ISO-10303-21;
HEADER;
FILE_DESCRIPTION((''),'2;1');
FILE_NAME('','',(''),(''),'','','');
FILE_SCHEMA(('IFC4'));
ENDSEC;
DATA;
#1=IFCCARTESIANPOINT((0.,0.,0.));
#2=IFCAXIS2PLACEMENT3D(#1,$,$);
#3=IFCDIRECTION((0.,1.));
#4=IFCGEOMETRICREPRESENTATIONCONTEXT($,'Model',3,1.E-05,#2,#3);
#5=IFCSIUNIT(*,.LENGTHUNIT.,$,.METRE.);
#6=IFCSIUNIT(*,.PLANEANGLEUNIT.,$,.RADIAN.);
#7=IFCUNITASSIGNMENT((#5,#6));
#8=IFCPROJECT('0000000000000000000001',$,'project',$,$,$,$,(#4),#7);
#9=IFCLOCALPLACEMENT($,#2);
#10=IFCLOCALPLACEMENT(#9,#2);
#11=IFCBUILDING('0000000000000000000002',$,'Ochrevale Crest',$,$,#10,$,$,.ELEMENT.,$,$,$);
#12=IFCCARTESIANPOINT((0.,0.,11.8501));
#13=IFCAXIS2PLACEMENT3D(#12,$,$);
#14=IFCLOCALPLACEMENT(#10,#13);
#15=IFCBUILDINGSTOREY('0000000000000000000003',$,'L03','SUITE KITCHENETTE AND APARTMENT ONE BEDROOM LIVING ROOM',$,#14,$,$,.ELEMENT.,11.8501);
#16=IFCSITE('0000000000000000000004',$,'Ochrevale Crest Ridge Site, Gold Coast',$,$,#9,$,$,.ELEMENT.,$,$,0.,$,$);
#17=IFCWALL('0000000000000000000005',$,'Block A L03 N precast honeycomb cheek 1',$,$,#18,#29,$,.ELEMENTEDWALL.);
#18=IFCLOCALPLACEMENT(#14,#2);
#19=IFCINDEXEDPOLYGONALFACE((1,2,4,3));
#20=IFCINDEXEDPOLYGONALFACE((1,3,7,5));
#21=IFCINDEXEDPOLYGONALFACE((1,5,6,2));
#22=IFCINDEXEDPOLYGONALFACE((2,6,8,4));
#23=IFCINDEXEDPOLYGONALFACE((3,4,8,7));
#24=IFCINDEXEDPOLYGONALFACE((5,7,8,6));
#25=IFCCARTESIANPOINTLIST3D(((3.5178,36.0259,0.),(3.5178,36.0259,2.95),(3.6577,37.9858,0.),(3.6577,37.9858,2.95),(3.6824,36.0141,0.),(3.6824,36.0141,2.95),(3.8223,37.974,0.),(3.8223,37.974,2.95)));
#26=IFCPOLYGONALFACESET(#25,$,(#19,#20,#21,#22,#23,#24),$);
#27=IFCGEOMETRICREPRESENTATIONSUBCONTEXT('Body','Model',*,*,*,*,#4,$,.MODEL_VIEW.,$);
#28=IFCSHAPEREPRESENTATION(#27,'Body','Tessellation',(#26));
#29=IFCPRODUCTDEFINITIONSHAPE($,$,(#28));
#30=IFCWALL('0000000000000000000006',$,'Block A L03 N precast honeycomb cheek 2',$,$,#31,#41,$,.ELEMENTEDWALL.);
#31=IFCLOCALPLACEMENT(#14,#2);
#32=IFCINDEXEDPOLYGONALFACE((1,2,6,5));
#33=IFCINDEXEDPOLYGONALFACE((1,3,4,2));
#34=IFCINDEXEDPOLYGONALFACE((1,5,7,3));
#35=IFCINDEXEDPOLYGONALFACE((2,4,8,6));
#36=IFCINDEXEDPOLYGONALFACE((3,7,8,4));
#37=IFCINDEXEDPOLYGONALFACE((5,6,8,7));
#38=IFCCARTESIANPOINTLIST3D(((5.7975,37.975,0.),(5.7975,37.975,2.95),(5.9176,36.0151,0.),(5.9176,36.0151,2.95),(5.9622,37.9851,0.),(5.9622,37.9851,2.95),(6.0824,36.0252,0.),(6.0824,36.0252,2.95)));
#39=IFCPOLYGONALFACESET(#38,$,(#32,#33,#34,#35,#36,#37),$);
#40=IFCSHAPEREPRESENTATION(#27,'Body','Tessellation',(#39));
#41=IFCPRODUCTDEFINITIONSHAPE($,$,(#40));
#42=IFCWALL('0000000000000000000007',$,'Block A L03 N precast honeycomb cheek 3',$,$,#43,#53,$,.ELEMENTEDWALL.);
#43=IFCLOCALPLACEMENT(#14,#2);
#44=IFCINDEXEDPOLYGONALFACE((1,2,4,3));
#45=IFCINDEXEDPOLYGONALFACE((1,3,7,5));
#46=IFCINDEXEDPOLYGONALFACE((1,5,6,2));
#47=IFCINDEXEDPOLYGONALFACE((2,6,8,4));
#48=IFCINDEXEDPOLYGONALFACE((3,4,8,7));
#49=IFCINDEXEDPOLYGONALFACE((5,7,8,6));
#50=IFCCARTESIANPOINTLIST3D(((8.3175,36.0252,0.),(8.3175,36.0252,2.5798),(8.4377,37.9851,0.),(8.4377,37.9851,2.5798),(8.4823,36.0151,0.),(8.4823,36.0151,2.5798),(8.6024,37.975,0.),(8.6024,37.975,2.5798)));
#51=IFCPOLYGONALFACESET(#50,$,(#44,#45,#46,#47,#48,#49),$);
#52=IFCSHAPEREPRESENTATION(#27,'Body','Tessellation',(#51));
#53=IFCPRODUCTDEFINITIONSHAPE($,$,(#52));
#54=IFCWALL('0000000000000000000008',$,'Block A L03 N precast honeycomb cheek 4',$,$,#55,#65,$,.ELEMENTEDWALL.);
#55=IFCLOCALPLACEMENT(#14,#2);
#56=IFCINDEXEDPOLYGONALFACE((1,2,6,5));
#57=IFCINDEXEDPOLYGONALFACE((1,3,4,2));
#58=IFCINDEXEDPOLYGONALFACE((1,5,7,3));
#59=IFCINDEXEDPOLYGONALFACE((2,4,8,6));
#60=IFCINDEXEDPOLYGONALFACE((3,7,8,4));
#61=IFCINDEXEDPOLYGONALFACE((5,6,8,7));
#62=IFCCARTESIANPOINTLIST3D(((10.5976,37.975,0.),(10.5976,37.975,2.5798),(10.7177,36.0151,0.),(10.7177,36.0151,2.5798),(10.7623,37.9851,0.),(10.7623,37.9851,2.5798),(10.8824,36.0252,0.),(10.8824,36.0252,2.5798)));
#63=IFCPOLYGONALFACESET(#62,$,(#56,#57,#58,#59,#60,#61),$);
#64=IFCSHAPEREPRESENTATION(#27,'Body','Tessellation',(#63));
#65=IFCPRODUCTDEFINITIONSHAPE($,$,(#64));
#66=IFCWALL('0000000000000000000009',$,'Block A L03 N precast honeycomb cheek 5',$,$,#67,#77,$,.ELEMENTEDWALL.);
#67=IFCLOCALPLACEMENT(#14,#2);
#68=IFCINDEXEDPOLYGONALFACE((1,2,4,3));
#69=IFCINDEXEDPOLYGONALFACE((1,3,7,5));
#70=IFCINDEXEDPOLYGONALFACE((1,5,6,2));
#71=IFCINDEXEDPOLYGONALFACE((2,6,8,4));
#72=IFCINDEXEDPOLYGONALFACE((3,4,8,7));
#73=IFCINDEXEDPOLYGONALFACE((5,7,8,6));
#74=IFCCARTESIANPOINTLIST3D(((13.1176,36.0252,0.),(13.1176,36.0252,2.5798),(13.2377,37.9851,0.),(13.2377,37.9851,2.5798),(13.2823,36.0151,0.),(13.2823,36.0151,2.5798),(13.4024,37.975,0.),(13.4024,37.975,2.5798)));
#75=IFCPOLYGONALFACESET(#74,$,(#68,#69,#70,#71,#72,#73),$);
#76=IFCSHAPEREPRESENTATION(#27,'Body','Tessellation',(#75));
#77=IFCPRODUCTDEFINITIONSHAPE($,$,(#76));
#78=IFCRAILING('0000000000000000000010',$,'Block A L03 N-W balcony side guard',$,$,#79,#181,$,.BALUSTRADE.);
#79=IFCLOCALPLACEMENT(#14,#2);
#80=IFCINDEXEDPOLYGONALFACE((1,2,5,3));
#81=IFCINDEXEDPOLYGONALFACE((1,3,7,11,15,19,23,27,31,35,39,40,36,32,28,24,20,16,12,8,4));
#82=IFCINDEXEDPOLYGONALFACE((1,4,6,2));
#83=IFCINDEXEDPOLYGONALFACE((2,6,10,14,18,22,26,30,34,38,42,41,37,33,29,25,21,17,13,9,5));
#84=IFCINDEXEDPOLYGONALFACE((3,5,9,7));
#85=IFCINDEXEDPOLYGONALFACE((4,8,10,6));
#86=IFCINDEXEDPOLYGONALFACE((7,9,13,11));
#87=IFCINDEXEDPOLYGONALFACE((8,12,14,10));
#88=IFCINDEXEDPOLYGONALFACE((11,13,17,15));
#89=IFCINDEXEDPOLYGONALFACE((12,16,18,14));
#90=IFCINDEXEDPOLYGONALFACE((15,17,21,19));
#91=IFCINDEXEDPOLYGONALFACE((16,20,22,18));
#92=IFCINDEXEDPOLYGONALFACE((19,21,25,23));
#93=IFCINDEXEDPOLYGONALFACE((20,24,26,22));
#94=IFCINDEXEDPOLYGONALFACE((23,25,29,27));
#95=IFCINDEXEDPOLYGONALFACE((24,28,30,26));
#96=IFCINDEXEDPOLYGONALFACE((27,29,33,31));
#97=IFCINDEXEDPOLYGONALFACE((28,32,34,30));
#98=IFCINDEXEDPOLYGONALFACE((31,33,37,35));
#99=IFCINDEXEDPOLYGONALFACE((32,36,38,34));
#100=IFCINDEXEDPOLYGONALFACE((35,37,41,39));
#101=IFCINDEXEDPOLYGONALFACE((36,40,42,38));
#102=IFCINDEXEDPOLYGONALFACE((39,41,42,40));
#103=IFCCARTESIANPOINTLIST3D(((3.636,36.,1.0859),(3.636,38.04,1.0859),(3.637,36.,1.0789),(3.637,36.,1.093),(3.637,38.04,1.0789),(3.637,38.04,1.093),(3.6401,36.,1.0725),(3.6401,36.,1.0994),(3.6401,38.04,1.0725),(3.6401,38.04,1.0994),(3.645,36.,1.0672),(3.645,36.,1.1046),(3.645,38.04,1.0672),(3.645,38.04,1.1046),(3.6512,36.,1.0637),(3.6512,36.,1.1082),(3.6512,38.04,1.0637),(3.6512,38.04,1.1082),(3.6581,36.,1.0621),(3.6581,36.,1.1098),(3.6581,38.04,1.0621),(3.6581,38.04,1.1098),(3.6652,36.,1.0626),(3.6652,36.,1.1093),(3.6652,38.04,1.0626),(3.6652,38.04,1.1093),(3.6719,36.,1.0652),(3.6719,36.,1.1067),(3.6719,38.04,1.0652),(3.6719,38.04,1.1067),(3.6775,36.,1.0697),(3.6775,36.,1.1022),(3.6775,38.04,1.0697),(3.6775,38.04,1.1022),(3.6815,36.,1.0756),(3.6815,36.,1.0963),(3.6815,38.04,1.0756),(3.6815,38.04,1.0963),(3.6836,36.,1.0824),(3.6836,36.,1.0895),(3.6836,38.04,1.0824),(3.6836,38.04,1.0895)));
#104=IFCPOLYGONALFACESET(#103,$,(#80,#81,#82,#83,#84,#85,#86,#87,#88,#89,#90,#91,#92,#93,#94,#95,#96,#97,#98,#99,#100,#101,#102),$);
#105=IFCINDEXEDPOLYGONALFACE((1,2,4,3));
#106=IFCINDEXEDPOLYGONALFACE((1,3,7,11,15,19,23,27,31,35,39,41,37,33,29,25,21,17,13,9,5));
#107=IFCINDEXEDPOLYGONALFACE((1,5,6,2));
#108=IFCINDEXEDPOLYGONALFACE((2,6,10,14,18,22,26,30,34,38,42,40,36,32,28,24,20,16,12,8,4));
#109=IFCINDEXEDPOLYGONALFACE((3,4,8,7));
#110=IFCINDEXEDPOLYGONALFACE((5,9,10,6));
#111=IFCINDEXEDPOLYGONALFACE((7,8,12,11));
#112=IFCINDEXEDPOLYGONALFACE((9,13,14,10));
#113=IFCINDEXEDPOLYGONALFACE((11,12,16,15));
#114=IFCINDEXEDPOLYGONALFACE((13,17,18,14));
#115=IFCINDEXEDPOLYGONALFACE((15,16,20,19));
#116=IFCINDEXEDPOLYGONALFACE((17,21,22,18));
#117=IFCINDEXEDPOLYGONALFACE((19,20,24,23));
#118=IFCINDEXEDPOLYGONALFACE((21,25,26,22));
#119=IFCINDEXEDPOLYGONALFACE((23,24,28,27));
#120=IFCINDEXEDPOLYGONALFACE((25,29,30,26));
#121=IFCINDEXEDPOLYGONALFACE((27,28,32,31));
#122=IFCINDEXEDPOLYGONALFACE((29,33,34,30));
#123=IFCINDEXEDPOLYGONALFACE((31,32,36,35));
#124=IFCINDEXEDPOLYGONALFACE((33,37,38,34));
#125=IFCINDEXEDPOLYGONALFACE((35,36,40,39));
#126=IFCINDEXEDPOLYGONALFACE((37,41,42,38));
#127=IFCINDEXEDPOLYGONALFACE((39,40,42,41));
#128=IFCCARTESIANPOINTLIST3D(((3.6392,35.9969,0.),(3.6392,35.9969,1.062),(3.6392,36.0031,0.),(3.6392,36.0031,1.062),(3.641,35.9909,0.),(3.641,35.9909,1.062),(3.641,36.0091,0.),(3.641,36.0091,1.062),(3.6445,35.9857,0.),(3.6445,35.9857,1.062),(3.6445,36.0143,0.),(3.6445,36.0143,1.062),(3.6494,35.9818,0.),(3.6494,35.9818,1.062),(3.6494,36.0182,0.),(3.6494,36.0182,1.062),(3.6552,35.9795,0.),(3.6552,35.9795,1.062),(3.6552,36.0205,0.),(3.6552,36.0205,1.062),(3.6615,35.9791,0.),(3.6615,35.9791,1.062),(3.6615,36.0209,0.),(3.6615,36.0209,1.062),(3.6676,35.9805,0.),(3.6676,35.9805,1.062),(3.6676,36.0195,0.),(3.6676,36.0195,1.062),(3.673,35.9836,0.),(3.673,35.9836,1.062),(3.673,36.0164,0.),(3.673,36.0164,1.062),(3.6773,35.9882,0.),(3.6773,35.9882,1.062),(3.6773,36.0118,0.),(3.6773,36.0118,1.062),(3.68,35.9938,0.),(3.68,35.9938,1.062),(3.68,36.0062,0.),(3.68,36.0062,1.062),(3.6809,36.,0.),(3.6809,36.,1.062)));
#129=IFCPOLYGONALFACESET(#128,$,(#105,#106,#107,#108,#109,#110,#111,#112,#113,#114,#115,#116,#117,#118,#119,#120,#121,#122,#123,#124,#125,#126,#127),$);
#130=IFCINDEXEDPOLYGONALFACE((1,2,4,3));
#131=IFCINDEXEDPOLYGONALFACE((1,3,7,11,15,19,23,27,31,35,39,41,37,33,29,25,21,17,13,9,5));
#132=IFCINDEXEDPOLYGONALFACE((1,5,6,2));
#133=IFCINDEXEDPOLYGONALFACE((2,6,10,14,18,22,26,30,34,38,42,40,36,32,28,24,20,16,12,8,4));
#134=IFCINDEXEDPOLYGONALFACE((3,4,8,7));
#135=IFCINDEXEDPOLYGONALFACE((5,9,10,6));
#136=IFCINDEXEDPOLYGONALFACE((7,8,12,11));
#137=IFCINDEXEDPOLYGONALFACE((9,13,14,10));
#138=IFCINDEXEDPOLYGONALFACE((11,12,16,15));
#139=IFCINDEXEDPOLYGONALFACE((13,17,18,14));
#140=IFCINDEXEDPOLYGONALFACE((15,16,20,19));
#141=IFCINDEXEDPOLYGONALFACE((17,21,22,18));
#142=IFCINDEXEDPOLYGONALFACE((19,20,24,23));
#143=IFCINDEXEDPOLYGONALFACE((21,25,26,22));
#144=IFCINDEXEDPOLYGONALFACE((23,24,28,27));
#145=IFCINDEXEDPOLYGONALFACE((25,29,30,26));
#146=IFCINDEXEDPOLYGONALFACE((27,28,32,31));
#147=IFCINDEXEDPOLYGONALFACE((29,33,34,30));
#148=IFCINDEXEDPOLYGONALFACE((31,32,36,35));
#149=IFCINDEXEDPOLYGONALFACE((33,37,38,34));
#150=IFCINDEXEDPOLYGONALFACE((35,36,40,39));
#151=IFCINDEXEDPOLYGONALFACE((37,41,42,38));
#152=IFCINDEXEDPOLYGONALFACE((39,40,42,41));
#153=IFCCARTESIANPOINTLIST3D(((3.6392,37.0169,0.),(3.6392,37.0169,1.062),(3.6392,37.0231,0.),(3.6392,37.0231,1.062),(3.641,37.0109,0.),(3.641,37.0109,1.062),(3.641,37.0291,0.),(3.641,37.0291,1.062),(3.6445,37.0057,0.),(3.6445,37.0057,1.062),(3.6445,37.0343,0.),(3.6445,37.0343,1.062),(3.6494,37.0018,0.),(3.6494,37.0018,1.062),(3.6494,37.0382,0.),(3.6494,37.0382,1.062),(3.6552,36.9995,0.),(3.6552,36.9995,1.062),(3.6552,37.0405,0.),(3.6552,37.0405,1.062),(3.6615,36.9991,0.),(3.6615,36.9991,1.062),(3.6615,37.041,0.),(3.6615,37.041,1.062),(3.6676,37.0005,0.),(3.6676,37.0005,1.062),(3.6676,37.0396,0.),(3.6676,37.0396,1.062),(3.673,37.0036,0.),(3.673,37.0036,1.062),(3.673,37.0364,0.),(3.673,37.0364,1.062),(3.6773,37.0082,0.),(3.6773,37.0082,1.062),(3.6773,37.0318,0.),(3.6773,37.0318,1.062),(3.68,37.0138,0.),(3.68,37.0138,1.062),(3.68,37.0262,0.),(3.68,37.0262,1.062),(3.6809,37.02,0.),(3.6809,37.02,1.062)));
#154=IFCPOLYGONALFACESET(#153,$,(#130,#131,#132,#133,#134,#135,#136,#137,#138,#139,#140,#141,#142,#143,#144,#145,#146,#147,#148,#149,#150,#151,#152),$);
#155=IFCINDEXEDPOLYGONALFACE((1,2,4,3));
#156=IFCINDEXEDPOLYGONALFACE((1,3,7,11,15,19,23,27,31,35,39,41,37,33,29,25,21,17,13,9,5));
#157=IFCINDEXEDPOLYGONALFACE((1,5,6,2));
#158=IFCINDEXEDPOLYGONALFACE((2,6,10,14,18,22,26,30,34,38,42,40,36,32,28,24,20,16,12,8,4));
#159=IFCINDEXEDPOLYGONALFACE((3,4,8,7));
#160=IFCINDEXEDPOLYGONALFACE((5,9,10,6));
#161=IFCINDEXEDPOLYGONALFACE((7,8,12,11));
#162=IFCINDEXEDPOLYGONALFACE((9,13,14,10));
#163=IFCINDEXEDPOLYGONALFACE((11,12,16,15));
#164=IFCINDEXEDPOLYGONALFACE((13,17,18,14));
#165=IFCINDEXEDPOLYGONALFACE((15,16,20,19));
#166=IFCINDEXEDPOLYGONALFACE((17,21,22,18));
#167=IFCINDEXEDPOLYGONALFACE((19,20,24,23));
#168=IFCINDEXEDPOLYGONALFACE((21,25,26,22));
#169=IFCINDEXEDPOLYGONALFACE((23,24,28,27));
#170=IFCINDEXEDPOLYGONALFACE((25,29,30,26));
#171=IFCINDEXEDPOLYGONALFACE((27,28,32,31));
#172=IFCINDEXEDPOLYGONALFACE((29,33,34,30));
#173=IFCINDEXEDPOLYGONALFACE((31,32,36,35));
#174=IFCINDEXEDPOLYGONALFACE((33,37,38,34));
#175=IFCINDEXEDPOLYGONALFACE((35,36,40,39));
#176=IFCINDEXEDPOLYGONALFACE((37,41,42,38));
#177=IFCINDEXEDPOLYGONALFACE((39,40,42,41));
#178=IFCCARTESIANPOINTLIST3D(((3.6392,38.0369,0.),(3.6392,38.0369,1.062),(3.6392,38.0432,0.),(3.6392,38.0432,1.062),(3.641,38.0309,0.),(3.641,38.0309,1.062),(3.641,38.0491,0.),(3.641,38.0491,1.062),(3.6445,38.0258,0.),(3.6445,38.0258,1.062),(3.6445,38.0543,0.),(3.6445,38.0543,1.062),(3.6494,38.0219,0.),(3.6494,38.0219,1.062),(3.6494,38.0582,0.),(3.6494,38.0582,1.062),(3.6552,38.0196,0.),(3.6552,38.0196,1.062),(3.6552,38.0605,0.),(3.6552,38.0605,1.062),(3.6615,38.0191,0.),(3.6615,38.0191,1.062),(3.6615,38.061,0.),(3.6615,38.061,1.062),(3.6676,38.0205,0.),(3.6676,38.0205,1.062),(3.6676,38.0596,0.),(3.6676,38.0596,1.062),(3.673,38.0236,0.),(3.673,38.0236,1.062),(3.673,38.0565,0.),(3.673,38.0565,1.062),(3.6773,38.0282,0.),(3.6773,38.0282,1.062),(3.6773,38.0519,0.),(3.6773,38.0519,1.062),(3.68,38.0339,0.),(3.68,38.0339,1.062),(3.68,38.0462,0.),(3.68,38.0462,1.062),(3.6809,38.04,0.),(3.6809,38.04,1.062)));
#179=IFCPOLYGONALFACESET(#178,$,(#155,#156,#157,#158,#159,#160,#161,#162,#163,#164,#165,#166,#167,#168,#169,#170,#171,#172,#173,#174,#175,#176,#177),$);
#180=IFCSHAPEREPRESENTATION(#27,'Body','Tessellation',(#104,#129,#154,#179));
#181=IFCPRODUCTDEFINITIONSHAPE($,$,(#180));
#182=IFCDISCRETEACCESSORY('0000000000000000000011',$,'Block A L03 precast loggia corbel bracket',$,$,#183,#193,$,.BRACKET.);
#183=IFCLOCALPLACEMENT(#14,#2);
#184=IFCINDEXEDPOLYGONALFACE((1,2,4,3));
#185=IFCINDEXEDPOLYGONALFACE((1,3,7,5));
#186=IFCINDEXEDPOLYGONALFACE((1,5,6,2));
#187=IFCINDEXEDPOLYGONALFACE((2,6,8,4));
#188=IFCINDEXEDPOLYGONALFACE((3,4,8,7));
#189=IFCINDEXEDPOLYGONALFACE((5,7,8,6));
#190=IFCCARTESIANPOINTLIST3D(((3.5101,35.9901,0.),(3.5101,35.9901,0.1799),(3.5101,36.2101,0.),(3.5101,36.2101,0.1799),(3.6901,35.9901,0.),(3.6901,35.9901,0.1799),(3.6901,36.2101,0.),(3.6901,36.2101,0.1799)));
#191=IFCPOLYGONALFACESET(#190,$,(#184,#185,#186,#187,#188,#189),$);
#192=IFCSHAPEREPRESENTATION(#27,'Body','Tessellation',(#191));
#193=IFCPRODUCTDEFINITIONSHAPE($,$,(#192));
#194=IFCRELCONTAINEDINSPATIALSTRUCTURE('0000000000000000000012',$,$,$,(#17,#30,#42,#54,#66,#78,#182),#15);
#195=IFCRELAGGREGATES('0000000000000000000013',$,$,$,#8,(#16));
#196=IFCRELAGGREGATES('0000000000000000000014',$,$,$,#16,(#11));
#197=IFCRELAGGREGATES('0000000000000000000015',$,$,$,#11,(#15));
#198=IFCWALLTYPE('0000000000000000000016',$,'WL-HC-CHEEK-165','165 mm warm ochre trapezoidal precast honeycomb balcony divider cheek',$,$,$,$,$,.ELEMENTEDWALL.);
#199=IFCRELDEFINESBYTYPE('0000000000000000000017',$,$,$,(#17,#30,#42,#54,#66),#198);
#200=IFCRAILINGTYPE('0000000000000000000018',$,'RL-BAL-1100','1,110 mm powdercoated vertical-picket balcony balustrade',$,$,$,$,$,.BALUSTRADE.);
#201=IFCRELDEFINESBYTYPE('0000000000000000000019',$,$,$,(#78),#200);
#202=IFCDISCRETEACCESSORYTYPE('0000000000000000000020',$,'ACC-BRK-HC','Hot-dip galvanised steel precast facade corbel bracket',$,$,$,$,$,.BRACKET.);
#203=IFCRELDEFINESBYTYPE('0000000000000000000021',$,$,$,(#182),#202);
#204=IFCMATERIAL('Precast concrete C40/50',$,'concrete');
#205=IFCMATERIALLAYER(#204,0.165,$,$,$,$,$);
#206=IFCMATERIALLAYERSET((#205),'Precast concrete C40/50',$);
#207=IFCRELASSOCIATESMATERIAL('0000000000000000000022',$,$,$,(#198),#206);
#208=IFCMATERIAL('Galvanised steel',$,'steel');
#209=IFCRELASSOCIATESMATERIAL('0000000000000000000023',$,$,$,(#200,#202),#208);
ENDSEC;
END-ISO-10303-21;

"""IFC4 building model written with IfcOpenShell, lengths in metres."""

from ifc_helpers import new_model, si_unit, direction, frame, frame_2d, origin, origin_2d, place, context, subcontext, project, spatial, rectangle, circle, extrude, material, layer, layer_set, type_object, element, save


model = new_model("IFC4")

# Units and contexts
model_context = context("Model", 3, precision=1e-05, world=origin(), true_north=direction((0.0, 1.0)))
body_context = subcontext(model_context, "Body", "Model", "MODEL_VIEW")
ifc_project = project(units=[si_unit("LENGTHUNIT", "METRE"), si_unit("PLANEANGLEUNIT", "RADIAN")], contexts=[model_context])

# Site, building, storey
site_placement = place(None, origin())
site = spatial("IfcSite", under=ifc_project, at=site_placement, Name="Ochrevale Crest Ridge Site, Gold Coast", CompositionType="ELEMENT", RefElevation=0.0)
building_placement = place(site_placement, origin())
building = spatial("IfcBuilding", under=site, at=building_placement, Name="Ochrevale Crest", CompositionType="ELEMENT")
storey_placement = place(building_placement, frame((0.0, 0.0, 11.8501)))
storey = spatial("IfcBuildingStorey", under=building, at=storey_placement, Name="L03", Description="SUITE KITCHENETTE AND APARTMENT ONE BEDROOM LIVING ROOM", CompositionType="ELEMENT", Elevation=11.8501)

# Shared definitions
ifc_material_1 = material(Name="Precast concrete C40/50", Category="concrete")

# Walls
ifc_layer_1 = layer(ifc_material_1, 0.165)
ifc_layer_set_1 = layer_set([ifc_layer_1], Name="Precast concrete C40/50")
wall_type_1 = type_object("IfcWallType", Name="WL-HC-CHEEK-165", Description="165 mm warm ochre trapezoidal precast honeycomb balcony divider cheek", PredefinedType="ELEMENTEDWALL", material=ifc_layer_set_1)
wall_1_placement = place(storey_placement, frame((3.6001, 36.02, 0.0), z_axis=(0.0, 0.0, 1.0), x_axis=(0.071194, 0.997462, 0.0)))
element("IfcWall", 1, at=wall_1_placement, inside=storey, type_object=wall_type_1, Name="Block A L03 N precast honeycomb cheek 1", PredefinedType="ELEMENTEDWALL", context=body_context, shape_type="SweptSolid", body=[
    extrude(rectangle(XDim=1.9648, YDim=0.165, at=frame_2d((0.9824, 0.0))), origin(), (0.0, 0.0, 1.0), 2.95),
])
wall_2_placement = place(storey_placement, frame((6.0, 36.02, 0.0), z_axis=(0.0, 0.0, 1.0), x_axis=(-0.061171, 0.998127, 0.0)))
element("IfcWall", 2, at=wall_2_placement, inside=storey, type_object=wall_type_1, Name="Block A L03 N precast honeycomb cheek 2", PredefinedType="ELEMENTEDWALL", context=body_context, shape_type="SweptSolid", body=[
    extrude(rectangle(XDim=1.9636, YDim=0.165, at=frame_2d((0.9819, 0.0))), origin(), (0.0, 0.0, 1.0), 2.95),
])
for number, where, z_axis, x_axis, name in (
    (3, (8.3999, 36.02, 0.0), (0.0, 0.0, 1.0), (0.061171, 0.998127, 0.0), "Block A L03 N precast honeycomb cheek 3"),
    (4, (10.8, 36.02, 0.0), (0.0, 0.0, 1.0), (-0.061171, 0.998127, 0.0), "Block A L03 N precast honeycomb cheek 4"),
    (5, (13.2, 36.02, 0.0), (0.0, 0.0, 1.0), (0.061171, 0.998127, 0.0), "Block A L03 N precast honeycomb cheek 5"),
):
    element("IfcWall", number, at=place(storey_placement, frame(where, z_axis=z_axis, x_axis=x_axis)), inside=storey, type_object=wall_type_1, Name=name, PredefinedType="ELEMENTEDWALL", context=body_context, shape_type="SweptSolid", body=[
        extrude(rectangle(XDim=1.9636, YDim=0.165, at=frame_2d((0.9819, 0.0))), origin(), (0.0, 0.0, 1.0), 2.5798),
    ])

# Railing
ifc_material_2 = material(Name="Galvanised steel", Category="steel")
railing_type = type_object("IfcRailingType", Name="RL-BAL-1100", Description="1,110 mm powdercoated vertical-picket balcony balustrade", PredefinedType="BALUSTRADE", material=ifc_material_2)
railing_placement = place(storey_placement, frame((3.6599, 36.0, 0.0)))
element("IfcRailing", 6, at=railing_placement, inside=storey, type_object=railing_type, Name="Block A L03 N-W balcony side guard", PredefinedType="BALUSTRADE", context=body_context, shape_type="SweptSolid", body=[
    extrude(circle(Radius=0.0239, at=origin_2d()), frame((0.0, 0.0, 1.0859), z_axis=(0.0, 1.0, 0.0), x_axis=(-1.0, 0.0, 0.0)), (0.0, 0.0, 1.0), 2.04),
    extrude(circle(Radius=0.021, at=origin_2d()), origin(), (0.0, 0.0, 1.0), 1.062),
    extrude(circle(Radius=0.021, at=origin_2d()), frame((0.0, 1.02, 0.0)), (0.0, 0.0, 1.0), 1.062),
    extrude(circle(Radius=0.021, at=origin_2d()), frame((0.0, 2.04, 0.0)), (0.0, 0.0, 1.0), 1.062),
])

# Discrete accessory
discrete_accessory_type = type_object("IfcDiscreteAccessoryType", Name="ACC-BRK-HC", Description="Hot-dip galvanised steel precast facade corbel bracket", PredefinedType="BRACKET", material=ifc_material_2)
discrete_accessory_placement = place(storey_placement, frame((3.6001, 36.1001, 0.0), z_axis=(0.0, 0.0, 1.0), x_axis=(1.0, 0.0, 0.0)))
element("IfcDiscreteAccessory", 7, at=discrete_accessory_placement, inside=storey, type_object=discrete_accessory_type, Name="Block A L03 precast loggia corbel bracket", PredefinedType="BRACKET", context=body_context, shape_type="SweptSolid", body=[
    extrude(rectangle(XDim=0.1799, YDim=0.22, at=origin_2d()), origin(), (0.0, 0.0, 1.0), 0.1799),
])

save(model, "model.ifc")
